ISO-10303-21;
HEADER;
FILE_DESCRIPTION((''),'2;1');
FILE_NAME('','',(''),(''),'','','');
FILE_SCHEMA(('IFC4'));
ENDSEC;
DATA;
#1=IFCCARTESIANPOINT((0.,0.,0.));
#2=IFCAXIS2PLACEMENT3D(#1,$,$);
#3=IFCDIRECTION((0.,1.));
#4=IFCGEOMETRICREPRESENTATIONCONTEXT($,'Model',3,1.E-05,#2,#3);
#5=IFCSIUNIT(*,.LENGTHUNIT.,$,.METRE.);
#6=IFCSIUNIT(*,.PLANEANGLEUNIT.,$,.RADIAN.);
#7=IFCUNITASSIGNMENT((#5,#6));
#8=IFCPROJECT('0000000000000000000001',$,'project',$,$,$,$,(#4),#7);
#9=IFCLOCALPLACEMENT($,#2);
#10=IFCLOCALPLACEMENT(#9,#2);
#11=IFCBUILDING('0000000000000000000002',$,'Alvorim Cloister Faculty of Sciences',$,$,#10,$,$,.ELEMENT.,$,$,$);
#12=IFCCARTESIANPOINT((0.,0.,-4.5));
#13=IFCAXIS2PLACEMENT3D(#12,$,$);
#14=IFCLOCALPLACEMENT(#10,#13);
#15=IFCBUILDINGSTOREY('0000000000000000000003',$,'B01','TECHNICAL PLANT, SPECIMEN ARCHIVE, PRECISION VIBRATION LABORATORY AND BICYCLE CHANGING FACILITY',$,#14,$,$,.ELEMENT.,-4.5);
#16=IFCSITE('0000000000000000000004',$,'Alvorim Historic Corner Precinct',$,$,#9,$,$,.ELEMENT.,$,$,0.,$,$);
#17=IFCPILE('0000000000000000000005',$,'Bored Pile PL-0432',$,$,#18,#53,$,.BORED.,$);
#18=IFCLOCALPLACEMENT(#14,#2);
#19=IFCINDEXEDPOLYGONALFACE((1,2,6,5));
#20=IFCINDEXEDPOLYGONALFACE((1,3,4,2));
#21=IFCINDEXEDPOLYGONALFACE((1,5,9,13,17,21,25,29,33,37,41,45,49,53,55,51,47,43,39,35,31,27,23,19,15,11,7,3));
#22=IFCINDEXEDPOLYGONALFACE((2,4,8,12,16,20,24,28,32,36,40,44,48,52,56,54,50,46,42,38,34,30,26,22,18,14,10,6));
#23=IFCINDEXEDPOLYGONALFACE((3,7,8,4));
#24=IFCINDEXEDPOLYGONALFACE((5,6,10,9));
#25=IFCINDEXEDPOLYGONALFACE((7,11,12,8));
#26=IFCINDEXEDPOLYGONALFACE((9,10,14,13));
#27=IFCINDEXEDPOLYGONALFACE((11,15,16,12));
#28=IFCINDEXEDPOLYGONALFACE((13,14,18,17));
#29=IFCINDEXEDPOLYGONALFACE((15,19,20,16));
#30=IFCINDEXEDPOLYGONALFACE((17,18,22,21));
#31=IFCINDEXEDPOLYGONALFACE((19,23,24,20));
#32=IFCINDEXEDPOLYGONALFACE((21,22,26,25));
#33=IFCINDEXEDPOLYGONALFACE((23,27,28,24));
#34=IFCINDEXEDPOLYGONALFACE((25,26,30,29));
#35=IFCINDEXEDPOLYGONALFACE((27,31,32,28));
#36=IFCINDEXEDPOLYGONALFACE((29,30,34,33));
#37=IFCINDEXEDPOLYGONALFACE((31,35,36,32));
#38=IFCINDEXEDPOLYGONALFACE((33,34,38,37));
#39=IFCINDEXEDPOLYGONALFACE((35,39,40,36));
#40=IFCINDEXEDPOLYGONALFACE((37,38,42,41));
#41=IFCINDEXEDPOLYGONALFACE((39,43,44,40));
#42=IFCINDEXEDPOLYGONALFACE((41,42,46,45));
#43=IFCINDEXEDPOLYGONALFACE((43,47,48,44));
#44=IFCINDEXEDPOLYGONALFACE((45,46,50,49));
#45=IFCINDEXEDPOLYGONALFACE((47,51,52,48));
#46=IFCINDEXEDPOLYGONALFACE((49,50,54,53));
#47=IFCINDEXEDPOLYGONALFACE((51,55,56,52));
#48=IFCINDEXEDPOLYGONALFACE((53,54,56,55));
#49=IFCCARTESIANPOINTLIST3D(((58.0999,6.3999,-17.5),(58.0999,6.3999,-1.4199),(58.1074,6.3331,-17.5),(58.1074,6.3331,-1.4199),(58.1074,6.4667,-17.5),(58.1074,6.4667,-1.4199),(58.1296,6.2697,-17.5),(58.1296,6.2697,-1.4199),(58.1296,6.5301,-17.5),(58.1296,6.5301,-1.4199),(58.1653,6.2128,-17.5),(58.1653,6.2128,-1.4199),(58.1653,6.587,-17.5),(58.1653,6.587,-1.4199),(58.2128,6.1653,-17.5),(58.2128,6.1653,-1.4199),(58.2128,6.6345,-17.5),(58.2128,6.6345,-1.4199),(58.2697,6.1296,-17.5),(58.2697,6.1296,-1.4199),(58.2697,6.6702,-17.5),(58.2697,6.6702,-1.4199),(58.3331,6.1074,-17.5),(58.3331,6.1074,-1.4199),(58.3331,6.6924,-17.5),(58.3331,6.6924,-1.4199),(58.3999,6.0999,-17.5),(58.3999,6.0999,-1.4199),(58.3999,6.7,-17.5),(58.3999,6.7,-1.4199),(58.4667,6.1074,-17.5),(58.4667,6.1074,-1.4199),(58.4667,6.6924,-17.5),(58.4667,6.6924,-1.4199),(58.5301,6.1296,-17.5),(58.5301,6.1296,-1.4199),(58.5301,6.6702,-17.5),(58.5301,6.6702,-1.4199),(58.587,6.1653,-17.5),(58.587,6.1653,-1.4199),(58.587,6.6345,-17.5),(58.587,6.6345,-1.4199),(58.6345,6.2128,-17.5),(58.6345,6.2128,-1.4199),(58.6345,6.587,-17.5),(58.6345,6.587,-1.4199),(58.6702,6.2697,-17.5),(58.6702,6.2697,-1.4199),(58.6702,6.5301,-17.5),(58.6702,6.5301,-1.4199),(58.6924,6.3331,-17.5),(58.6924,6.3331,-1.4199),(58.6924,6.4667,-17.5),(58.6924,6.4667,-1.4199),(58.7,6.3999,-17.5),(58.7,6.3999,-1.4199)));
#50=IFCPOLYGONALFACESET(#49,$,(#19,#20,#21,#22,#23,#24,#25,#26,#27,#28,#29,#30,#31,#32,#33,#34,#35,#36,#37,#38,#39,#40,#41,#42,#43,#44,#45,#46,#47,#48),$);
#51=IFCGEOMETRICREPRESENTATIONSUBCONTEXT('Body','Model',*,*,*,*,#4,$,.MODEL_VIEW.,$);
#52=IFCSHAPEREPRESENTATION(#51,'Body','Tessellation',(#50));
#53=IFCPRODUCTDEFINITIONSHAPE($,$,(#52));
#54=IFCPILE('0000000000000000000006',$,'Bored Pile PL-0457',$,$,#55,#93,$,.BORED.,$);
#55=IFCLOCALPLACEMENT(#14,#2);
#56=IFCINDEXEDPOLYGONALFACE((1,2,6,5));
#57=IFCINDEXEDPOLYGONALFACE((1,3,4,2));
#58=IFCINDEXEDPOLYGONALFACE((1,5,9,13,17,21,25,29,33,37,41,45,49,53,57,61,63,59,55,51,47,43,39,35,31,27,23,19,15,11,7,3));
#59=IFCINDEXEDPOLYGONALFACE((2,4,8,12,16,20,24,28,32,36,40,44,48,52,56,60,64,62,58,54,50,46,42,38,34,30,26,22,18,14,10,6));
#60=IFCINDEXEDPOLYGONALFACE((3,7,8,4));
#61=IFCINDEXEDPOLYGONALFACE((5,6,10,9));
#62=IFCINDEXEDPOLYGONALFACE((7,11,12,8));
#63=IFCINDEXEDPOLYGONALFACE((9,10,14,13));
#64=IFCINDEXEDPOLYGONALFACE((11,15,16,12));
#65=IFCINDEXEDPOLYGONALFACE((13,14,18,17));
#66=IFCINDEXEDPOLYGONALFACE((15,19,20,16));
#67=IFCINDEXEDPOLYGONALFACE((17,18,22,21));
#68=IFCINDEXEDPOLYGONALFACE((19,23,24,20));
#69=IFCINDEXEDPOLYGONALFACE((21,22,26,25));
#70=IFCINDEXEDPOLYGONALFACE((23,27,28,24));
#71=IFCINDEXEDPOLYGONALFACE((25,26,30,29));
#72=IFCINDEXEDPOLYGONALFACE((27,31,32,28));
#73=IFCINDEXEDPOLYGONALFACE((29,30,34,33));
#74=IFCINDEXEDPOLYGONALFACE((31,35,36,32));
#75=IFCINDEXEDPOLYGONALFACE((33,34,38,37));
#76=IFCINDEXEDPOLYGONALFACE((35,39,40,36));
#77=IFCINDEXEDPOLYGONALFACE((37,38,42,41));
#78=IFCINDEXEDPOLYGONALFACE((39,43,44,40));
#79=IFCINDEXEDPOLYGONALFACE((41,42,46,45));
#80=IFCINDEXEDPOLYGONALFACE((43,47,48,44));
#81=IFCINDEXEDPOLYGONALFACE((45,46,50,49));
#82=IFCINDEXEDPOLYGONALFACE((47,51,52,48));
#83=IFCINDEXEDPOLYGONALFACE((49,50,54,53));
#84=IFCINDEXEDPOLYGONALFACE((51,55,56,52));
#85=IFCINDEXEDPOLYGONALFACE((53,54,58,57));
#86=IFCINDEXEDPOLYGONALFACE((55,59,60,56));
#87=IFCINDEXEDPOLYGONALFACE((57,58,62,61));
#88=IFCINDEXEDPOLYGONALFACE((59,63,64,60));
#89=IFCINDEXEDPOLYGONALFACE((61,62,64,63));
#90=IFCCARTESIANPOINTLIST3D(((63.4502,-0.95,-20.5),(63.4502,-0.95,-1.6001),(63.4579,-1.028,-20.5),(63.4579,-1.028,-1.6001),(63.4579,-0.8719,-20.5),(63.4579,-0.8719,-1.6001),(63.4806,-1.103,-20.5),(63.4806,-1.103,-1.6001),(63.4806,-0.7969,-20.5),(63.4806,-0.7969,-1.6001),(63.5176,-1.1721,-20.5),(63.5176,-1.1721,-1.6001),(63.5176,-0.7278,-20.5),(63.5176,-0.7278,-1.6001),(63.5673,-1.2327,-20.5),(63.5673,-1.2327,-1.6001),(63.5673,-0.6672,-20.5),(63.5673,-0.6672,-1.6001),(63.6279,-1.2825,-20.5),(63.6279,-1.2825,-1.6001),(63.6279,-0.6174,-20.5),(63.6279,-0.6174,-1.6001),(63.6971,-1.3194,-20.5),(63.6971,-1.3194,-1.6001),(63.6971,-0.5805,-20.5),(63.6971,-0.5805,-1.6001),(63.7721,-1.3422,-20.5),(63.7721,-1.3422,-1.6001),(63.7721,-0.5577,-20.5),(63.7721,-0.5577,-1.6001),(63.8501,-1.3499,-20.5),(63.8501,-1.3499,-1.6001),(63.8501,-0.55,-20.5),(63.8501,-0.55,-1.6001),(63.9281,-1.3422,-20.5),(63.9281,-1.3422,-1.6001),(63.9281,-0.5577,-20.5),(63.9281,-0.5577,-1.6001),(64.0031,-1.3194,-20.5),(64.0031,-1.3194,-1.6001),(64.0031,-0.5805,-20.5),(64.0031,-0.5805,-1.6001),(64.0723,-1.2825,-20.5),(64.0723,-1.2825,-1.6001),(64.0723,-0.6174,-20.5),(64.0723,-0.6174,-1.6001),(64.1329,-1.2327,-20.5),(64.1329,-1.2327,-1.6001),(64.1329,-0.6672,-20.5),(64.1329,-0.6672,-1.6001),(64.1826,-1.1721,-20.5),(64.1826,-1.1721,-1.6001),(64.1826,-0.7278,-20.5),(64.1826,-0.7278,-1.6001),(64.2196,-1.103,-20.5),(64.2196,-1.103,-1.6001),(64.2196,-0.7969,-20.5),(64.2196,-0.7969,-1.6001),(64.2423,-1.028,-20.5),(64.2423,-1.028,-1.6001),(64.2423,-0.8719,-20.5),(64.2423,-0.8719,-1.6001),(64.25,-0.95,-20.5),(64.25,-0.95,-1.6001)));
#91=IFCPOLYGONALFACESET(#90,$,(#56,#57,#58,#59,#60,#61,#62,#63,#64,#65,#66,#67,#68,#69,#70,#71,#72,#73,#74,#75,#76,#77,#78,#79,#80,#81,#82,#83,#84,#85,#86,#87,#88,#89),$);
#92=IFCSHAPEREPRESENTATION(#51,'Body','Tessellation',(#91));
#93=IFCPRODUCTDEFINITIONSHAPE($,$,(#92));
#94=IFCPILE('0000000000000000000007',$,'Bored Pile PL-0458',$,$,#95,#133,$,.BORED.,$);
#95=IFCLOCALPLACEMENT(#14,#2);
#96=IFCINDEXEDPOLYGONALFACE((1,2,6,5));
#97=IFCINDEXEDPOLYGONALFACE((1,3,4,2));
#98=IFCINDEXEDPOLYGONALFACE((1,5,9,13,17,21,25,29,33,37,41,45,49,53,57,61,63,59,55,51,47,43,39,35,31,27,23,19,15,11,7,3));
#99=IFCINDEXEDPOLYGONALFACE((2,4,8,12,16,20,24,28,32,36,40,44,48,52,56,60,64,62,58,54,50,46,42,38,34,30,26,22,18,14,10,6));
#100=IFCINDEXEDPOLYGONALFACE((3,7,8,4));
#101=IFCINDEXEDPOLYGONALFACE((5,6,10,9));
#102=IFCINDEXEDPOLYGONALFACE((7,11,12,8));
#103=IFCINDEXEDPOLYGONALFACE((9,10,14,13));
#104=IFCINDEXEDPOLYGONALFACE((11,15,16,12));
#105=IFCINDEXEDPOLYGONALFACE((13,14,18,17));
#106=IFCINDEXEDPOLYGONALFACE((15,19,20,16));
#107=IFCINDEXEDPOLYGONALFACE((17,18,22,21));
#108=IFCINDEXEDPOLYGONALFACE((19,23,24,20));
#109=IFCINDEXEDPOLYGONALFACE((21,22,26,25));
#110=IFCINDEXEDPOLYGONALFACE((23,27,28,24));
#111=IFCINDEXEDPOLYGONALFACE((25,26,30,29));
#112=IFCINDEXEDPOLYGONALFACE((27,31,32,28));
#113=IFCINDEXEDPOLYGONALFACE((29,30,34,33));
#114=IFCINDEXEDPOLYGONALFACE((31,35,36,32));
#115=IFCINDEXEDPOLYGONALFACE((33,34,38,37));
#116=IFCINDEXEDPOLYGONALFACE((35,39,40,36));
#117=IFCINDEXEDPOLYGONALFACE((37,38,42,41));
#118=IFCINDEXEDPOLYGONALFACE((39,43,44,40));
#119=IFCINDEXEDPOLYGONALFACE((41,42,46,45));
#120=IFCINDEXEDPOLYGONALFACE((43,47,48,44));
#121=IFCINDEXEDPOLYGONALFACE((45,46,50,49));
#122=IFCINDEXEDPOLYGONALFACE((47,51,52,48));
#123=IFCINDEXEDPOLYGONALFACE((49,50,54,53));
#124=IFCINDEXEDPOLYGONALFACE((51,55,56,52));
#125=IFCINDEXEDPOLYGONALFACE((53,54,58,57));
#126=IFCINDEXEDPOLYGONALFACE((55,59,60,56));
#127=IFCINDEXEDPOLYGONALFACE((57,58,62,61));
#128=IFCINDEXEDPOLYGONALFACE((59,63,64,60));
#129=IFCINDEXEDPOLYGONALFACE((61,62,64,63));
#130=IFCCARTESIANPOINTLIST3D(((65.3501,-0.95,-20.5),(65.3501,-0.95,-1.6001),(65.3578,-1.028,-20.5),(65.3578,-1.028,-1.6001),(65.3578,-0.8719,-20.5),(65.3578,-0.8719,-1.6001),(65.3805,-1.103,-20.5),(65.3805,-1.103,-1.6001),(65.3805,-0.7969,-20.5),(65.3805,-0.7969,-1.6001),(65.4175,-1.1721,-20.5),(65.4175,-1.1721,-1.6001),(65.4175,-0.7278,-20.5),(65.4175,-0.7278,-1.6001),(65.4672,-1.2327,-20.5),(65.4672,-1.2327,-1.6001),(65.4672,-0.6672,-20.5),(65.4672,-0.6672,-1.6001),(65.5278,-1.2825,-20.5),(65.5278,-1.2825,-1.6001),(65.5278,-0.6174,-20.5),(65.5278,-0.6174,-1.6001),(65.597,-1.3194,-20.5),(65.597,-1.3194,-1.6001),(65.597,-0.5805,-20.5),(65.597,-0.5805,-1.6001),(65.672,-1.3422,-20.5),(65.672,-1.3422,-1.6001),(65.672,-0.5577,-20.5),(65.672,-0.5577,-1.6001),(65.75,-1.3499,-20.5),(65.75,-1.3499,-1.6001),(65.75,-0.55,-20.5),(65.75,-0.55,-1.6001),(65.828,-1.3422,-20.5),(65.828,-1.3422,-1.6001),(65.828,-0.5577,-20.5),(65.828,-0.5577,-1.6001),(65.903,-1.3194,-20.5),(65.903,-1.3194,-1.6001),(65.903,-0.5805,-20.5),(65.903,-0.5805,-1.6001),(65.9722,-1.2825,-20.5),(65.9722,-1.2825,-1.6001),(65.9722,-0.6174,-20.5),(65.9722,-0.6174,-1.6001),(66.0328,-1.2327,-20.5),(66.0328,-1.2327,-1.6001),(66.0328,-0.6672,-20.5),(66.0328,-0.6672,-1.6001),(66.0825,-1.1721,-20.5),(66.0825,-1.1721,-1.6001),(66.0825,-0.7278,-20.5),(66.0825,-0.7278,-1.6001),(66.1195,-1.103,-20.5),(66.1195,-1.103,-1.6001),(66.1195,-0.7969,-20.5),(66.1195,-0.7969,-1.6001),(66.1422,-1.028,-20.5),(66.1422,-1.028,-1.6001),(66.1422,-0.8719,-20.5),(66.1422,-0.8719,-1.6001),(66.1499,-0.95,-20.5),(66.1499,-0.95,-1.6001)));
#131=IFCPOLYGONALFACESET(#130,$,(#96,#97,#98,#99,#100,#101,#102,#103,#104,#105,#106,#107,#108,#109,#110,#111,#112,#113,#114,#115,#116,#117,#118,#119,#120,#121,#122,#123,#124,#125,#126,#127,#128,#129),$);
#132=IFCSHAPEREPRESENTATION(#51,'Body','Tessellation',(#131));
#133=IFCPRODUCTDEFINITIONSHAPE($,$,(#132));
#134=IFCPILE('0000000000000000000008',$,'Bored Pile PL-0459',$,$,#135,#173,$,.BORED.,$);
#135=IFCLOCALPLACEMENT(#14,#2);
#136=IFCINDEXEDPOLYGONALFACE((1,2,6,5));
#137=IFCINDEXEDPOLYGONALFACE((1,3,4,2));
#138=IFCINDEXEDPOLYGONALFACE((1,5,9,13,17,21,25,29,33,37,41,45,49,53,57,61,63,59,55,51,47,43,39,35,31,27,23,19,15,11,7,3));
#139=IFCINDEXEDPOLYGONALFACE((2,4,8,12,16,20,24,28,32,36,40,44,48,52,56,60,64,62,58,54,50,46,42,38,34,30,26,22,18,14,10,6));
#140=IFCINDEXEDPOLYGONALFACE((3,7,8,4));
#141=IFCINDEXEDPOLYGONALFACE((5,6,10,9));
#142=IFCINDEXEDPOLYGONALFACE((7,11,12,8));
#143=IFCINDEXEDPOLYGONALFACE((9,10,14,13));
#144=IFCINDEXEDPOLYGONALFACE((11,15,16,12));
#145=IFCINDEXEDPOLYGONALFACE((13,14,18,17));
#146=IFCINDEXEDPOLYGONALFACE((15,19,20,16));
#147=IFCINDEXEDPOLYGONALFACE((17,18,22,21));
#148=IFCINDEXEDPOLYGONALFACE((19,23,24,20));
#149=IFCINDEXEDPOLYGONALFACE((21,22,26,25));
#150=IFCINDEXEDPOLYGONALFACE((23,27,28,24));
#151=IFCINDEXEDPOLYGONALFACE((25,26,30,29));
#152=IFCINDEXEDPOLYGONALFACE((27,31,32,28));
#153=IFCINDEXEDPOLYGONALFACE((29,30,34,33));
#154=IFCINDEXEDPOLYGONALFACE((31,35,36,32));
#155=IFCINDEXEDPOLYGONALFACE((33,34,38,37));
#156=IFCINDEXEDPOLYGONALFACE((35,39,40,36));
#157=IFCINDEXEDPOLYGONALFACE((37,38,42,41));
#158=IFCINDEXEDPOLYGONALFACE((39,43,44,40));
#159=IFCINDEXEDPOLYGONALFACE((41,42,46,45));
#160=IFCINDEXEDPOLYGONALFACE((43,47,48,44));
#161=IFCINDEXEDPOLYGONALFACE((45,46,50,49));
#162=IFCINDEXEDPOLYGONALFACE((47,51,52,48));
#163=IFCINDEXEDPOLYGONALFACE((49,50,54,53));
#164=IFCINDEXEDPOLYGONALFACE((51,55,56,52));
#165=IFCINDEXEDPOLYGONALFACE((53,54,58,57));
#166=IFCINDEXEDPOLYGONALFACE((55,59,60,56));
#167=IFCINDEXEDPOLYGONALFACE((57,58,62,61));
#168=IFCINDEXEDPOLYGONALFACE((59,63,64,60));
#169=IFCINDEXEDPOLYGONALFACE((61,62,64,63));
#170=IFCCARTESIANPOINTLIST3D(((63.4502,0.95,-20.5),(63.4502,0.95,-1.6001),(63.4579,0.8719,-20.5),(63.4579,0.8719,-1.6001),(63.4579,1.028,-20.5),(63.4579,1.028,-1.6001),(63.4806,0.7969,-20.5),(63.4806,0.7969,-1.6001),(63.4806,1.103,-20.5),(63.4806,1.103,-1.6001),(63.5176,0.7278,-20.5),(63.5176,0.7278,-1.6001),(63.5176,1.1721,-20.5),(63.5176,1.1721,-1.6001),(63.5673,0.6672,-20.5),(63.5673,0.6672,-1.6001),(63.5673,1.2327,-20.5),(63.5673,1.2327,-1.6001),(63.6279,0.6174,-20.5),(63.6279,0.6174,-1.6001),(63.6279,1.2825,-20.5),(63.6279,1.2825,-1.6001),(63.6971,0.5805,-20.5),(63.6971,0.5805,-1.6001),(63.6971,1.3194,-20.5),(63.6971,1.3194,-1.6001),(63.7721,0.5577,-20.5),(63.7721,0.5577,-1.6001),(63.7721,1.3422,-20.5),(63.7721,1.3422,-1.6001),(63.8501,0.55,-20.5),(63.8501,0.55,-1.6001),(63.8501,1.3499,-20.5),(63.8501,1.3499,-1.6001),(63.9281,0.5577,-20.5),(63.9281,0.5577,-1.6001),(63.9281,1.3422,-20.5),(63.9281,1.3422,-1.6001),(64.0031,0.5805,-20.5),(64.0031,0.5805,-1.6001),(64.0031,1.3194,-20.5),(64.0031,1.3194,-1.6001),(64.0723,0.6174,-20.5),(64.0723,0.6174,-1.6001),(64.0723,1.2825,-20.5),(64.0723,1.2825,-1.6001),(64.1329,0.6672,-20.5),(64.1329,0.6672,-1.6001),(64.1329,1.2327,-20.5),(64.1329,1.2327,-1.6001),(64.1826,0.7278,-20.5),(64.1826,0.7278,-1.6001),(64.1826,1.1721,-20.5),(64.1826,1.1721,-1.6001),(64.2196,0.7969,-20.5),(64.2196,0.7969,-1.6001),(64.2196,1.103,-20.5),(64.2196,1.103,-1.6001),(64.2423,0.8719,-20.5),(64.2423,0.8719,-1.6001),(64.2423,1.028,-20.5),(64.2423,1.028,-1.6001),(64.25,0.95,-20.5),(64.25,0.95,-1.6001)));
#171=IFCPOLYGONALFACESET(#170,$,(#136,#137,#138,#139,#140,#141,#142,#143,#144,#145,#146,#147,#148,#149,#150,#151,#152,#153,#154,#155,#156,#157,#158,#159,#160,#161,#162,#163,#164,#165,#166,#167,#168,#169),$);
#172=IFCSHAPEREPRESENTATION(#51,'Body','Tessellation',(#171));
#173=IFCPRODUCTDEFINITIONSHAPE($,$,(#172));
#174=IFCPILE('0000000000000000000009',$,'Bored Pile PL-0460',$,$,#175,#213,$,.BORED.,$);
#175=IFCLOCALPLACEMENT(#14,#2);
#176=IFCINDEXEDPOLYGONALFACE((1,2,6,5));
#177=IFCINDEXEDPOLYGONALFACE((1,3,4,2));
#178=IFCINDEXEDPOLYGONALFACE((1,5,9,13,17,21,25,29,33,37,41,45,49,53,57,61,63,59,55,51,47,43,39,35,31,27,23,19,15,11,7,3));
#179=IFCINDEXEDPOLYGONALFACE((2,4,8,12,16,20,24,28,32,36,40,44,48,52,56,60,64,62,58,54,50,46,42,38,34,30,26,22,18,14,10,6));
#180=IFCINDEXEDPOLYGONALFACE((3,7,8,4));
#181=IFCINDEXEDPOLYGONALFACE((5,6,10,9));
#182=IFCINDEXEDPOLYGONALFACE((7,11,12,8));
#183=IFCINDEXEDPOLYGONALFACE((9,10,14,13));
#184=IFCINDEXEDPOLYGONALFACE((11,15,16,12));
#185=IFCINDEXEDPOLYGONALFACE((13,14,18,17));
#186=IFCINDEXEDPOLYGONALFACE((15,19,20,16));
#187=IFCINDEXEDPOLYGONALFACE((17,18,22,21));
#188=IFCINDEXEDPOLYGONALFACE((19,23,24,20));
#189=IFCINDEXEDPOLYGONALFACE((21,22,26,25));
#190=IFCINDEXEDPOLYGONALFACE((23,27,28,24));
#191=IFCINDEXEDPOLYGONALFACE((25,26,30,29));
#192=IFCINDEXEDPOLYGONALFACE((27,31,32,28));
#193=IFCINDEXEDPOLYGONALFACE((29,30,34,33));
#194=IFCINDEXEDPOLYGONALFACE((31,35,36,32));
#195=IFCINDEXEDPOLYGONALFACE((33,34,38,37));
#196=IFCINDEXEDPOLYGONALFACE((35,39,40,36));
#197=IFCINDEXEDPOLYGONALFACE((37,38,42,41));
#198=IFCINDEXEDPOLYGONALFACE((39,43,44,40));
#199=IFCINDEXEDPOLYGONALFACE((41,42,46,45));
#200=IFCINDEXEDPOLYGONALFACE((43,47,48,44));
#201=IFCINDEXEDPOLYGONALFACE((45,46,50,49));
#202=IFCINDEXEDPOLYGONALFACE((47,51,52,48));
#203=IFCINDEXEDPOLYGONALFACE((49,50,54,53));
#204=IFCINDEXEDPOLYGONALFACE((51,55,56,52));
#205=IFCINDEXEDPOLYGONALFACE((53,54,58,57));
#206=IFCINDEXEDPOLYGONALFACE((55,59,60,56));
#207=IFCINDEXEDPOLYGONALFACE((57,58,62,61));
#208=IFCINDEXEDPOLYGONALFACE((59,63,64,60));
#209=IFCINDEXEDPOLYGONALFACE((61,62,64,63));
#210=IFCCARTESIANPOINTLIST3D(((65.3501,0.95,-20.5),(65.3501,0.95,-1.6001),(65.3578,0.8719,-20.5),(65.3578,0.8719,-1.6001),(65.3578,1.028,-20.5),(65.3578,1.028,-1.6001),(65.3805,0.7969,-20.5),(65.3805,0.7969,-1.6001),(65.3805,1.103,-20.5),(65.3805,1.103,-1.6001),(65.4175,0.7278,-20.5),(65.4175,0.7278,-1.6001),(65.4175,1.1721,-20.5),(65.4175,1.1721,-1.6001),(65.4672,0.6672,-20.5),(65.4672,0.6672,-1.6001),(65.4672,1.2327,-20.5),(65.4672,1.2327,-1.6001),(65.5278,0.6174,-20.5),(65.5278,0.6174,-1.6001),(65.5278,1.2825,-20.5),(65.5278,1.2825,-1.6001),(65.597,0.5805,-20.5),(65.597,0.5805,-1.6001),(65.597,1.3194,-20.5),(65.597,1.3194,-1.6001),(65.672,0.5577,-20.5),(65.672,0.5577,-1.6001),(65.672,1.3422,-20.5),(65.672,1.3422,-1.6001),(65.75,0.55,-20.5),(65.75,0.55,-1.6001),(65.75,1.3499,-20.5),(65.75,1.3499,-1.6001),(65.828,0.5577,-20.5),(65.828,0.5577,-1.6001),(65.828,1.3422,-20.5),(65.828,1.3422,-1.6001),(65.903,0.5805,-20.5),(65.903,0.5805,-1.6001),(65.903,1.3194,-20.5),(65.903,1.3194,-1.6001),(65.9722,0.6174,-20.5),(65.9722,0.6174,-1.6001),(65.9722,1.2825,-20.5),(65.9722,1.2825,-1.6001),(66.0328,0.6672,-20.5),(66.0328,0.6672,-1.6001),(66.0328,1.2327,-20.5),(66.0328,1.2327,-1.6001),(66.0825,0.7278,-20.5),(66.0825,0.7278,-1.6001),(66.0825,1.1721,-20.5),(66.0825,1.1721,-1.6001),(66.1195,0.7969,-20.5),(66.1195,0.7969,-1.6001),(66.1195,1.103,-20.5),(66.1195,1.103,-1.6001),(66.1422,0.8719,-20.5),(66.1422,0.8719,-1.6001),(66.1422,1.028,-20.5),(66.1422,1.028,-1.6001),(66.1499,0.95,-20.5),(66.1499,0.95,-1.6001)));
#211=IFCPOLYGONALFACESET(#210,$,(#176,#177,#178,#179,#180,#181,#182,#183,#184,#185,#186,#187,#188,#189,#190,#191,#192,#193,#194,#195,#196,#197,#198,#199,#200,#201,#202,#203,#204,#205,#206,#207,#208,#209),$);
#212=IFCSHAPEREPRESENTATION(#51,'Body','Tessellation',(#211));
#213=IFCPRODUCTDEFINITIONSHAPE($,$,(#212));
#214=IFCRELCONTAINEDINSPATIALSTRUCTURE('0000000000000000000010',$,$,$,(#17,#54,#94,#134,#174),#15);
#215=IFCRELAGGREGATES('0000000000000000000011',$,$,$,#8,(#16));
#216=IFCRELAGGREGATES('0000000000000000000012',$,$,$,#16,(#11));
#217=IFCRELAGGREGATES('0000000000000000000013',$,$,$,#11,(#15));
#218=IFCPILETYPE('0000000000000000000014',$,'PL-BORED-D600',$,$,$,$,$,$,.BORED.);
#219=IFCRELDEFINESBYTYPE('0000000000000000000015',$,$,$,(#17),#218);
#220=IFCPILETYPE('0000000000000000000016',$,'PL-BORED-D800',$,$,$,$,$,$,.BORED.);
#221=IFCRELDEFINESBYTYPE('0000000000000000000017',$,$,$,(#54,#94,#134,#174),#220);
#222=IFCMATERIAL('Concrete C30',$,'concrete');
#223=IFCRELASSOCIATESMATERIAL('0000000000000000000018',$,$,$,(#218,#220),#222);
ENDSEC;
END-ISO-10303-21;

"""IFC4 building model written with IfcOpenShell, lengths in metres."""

from ifc_helpers import new_model, si_unit, direction, frame, origin, origin_2d, place, context, subcontext, project, spatial, circle, extrude, material, material_profile, profile_set, type_object, element, save


model = new_model("IFC4")

# Units and contexts
model_context = context("Model", 3, precision=1e-05, world=origin(), true_north=direction((0.0, 1.0)))
body_context = subcontext(model_context, "Body", "Model", "MODEL_VIEW")
ifc_project = project(units=[si_unit("LENGTHUNIT", "METRE"), si_unit("PLANEANGLEUNIT", "RADIAN")], contexts=[model_context])

# Site, building, storey
site_placement = place(None, origin())
site = spatial("IfcSite", under=ifc_project, at=site_placement, Name="Alvorim Historic Corner Precinct", CompositionType="ELEMENT", RefElevation=0.0)
building_placement = place(site_placement, origin())
building = spatial("IfcBuilding", under=site, at=building_placement, Name="Alvorim Cloister Faculty of Sciences", CompositionType="ELEMENT")
storey_placement = place(building_placement, frame((0.0, 0.0, -4.5)))
storey = spatial("IfcBuildingStorey", under=building, at=storey_placement, Name="B01", Description="TECHNICAL PLANT, SPECIMEN ARCHIVE, PRECISION VIBRATION LABORATORY AND BICYCLE CHANGING FACILITY", CompositionType="ELEMENT", Elevation=-4.5)

# Piles
ifc_material_1 = material(Name="Concrete C30", Category="concrete")
ifc_material_profile_1 = material_profile(ifc_material_1, circle(Radius=0.3, at=origin_2d()), Name="PILE-D600")
ifc_profile_set_1 = profile_set([ifc_material_profile_1], Name="Concrete C30")
pile_type_1 = type_object("IfcPileType", Name="PL-BORED-D600", PredefinedType="BORED", material=ifc_profile_set_1)
pile_placement = place(storey_placement, frame((58.3999, 6.3999, -1.4199), z_axis=(0.0, 0.0, -1.0), x_axis=(1.0, 0.0, 0.0)))
element("IfcPile", 1, at=pile_placement, inside=storey, type_object=pile_type_1, Name="Bored Pile PL-0432", PredefinedType="BORED", context=body_context, shape_type="SweptSolid", body=[
    extrude(circle(Radius=0.3, at=origin_2d()), origin(), (0.0, 0.0, 1.0), 16.0801),
])
ifc_material_profile_2 = material_profile(ifc_material_1, circle(Radius=0.3999, at=origin_2d()), Name="PILE-D800")
ifc_profile_set_2 = profile_set([ifc_material_profile_2], Name="Concrete C30")
pile_type_2 = type_object("IfcPileType", Name="PL-BORED-D800", PredefinedType="BORED", material=ifc_profile_set_2)
for number, where, z_axis, x_axis, name in (
    (2, (63.8501, -0.95, -1.6001), (0.0, 0.0, -1.0), (1.0, 0.0, 0.0), "Bored Pile PL-0457"),
    (3, (65.75, -0.95, -1.6001), (0.0, 0.0, -1.0), (1.0, 0.0, 0.0), "Bored Pile PL-0458"),
    (4, (63.8501, 0.95, -1.6001), (0.0, 0.0, -1.0), (1.0, 0.0, 0.0), "Bored Pile PL-0459"),
    (5, (65.75, 0.95, -1.6001), (0.0, 0.0, -1.0), (1.0, 0.0, 0.0), "Bored Pile PL-0460"),
):
    element("IfcPile", number, at=place(storey_placement, frame(where, z_axis=z_axis, x_axis=x_axis)), inside=storey, type_object=pile_type_2, Name=name, PredefinedType="BORED", context=body_context, shape_type="SweptSolid", body=[
        extrude(circle(Radius=0.3999, at=origin_2d()), origin(), (0.0, 0.0, 1.0), 18.8999),
    ])

save(model, "model.ifc")
